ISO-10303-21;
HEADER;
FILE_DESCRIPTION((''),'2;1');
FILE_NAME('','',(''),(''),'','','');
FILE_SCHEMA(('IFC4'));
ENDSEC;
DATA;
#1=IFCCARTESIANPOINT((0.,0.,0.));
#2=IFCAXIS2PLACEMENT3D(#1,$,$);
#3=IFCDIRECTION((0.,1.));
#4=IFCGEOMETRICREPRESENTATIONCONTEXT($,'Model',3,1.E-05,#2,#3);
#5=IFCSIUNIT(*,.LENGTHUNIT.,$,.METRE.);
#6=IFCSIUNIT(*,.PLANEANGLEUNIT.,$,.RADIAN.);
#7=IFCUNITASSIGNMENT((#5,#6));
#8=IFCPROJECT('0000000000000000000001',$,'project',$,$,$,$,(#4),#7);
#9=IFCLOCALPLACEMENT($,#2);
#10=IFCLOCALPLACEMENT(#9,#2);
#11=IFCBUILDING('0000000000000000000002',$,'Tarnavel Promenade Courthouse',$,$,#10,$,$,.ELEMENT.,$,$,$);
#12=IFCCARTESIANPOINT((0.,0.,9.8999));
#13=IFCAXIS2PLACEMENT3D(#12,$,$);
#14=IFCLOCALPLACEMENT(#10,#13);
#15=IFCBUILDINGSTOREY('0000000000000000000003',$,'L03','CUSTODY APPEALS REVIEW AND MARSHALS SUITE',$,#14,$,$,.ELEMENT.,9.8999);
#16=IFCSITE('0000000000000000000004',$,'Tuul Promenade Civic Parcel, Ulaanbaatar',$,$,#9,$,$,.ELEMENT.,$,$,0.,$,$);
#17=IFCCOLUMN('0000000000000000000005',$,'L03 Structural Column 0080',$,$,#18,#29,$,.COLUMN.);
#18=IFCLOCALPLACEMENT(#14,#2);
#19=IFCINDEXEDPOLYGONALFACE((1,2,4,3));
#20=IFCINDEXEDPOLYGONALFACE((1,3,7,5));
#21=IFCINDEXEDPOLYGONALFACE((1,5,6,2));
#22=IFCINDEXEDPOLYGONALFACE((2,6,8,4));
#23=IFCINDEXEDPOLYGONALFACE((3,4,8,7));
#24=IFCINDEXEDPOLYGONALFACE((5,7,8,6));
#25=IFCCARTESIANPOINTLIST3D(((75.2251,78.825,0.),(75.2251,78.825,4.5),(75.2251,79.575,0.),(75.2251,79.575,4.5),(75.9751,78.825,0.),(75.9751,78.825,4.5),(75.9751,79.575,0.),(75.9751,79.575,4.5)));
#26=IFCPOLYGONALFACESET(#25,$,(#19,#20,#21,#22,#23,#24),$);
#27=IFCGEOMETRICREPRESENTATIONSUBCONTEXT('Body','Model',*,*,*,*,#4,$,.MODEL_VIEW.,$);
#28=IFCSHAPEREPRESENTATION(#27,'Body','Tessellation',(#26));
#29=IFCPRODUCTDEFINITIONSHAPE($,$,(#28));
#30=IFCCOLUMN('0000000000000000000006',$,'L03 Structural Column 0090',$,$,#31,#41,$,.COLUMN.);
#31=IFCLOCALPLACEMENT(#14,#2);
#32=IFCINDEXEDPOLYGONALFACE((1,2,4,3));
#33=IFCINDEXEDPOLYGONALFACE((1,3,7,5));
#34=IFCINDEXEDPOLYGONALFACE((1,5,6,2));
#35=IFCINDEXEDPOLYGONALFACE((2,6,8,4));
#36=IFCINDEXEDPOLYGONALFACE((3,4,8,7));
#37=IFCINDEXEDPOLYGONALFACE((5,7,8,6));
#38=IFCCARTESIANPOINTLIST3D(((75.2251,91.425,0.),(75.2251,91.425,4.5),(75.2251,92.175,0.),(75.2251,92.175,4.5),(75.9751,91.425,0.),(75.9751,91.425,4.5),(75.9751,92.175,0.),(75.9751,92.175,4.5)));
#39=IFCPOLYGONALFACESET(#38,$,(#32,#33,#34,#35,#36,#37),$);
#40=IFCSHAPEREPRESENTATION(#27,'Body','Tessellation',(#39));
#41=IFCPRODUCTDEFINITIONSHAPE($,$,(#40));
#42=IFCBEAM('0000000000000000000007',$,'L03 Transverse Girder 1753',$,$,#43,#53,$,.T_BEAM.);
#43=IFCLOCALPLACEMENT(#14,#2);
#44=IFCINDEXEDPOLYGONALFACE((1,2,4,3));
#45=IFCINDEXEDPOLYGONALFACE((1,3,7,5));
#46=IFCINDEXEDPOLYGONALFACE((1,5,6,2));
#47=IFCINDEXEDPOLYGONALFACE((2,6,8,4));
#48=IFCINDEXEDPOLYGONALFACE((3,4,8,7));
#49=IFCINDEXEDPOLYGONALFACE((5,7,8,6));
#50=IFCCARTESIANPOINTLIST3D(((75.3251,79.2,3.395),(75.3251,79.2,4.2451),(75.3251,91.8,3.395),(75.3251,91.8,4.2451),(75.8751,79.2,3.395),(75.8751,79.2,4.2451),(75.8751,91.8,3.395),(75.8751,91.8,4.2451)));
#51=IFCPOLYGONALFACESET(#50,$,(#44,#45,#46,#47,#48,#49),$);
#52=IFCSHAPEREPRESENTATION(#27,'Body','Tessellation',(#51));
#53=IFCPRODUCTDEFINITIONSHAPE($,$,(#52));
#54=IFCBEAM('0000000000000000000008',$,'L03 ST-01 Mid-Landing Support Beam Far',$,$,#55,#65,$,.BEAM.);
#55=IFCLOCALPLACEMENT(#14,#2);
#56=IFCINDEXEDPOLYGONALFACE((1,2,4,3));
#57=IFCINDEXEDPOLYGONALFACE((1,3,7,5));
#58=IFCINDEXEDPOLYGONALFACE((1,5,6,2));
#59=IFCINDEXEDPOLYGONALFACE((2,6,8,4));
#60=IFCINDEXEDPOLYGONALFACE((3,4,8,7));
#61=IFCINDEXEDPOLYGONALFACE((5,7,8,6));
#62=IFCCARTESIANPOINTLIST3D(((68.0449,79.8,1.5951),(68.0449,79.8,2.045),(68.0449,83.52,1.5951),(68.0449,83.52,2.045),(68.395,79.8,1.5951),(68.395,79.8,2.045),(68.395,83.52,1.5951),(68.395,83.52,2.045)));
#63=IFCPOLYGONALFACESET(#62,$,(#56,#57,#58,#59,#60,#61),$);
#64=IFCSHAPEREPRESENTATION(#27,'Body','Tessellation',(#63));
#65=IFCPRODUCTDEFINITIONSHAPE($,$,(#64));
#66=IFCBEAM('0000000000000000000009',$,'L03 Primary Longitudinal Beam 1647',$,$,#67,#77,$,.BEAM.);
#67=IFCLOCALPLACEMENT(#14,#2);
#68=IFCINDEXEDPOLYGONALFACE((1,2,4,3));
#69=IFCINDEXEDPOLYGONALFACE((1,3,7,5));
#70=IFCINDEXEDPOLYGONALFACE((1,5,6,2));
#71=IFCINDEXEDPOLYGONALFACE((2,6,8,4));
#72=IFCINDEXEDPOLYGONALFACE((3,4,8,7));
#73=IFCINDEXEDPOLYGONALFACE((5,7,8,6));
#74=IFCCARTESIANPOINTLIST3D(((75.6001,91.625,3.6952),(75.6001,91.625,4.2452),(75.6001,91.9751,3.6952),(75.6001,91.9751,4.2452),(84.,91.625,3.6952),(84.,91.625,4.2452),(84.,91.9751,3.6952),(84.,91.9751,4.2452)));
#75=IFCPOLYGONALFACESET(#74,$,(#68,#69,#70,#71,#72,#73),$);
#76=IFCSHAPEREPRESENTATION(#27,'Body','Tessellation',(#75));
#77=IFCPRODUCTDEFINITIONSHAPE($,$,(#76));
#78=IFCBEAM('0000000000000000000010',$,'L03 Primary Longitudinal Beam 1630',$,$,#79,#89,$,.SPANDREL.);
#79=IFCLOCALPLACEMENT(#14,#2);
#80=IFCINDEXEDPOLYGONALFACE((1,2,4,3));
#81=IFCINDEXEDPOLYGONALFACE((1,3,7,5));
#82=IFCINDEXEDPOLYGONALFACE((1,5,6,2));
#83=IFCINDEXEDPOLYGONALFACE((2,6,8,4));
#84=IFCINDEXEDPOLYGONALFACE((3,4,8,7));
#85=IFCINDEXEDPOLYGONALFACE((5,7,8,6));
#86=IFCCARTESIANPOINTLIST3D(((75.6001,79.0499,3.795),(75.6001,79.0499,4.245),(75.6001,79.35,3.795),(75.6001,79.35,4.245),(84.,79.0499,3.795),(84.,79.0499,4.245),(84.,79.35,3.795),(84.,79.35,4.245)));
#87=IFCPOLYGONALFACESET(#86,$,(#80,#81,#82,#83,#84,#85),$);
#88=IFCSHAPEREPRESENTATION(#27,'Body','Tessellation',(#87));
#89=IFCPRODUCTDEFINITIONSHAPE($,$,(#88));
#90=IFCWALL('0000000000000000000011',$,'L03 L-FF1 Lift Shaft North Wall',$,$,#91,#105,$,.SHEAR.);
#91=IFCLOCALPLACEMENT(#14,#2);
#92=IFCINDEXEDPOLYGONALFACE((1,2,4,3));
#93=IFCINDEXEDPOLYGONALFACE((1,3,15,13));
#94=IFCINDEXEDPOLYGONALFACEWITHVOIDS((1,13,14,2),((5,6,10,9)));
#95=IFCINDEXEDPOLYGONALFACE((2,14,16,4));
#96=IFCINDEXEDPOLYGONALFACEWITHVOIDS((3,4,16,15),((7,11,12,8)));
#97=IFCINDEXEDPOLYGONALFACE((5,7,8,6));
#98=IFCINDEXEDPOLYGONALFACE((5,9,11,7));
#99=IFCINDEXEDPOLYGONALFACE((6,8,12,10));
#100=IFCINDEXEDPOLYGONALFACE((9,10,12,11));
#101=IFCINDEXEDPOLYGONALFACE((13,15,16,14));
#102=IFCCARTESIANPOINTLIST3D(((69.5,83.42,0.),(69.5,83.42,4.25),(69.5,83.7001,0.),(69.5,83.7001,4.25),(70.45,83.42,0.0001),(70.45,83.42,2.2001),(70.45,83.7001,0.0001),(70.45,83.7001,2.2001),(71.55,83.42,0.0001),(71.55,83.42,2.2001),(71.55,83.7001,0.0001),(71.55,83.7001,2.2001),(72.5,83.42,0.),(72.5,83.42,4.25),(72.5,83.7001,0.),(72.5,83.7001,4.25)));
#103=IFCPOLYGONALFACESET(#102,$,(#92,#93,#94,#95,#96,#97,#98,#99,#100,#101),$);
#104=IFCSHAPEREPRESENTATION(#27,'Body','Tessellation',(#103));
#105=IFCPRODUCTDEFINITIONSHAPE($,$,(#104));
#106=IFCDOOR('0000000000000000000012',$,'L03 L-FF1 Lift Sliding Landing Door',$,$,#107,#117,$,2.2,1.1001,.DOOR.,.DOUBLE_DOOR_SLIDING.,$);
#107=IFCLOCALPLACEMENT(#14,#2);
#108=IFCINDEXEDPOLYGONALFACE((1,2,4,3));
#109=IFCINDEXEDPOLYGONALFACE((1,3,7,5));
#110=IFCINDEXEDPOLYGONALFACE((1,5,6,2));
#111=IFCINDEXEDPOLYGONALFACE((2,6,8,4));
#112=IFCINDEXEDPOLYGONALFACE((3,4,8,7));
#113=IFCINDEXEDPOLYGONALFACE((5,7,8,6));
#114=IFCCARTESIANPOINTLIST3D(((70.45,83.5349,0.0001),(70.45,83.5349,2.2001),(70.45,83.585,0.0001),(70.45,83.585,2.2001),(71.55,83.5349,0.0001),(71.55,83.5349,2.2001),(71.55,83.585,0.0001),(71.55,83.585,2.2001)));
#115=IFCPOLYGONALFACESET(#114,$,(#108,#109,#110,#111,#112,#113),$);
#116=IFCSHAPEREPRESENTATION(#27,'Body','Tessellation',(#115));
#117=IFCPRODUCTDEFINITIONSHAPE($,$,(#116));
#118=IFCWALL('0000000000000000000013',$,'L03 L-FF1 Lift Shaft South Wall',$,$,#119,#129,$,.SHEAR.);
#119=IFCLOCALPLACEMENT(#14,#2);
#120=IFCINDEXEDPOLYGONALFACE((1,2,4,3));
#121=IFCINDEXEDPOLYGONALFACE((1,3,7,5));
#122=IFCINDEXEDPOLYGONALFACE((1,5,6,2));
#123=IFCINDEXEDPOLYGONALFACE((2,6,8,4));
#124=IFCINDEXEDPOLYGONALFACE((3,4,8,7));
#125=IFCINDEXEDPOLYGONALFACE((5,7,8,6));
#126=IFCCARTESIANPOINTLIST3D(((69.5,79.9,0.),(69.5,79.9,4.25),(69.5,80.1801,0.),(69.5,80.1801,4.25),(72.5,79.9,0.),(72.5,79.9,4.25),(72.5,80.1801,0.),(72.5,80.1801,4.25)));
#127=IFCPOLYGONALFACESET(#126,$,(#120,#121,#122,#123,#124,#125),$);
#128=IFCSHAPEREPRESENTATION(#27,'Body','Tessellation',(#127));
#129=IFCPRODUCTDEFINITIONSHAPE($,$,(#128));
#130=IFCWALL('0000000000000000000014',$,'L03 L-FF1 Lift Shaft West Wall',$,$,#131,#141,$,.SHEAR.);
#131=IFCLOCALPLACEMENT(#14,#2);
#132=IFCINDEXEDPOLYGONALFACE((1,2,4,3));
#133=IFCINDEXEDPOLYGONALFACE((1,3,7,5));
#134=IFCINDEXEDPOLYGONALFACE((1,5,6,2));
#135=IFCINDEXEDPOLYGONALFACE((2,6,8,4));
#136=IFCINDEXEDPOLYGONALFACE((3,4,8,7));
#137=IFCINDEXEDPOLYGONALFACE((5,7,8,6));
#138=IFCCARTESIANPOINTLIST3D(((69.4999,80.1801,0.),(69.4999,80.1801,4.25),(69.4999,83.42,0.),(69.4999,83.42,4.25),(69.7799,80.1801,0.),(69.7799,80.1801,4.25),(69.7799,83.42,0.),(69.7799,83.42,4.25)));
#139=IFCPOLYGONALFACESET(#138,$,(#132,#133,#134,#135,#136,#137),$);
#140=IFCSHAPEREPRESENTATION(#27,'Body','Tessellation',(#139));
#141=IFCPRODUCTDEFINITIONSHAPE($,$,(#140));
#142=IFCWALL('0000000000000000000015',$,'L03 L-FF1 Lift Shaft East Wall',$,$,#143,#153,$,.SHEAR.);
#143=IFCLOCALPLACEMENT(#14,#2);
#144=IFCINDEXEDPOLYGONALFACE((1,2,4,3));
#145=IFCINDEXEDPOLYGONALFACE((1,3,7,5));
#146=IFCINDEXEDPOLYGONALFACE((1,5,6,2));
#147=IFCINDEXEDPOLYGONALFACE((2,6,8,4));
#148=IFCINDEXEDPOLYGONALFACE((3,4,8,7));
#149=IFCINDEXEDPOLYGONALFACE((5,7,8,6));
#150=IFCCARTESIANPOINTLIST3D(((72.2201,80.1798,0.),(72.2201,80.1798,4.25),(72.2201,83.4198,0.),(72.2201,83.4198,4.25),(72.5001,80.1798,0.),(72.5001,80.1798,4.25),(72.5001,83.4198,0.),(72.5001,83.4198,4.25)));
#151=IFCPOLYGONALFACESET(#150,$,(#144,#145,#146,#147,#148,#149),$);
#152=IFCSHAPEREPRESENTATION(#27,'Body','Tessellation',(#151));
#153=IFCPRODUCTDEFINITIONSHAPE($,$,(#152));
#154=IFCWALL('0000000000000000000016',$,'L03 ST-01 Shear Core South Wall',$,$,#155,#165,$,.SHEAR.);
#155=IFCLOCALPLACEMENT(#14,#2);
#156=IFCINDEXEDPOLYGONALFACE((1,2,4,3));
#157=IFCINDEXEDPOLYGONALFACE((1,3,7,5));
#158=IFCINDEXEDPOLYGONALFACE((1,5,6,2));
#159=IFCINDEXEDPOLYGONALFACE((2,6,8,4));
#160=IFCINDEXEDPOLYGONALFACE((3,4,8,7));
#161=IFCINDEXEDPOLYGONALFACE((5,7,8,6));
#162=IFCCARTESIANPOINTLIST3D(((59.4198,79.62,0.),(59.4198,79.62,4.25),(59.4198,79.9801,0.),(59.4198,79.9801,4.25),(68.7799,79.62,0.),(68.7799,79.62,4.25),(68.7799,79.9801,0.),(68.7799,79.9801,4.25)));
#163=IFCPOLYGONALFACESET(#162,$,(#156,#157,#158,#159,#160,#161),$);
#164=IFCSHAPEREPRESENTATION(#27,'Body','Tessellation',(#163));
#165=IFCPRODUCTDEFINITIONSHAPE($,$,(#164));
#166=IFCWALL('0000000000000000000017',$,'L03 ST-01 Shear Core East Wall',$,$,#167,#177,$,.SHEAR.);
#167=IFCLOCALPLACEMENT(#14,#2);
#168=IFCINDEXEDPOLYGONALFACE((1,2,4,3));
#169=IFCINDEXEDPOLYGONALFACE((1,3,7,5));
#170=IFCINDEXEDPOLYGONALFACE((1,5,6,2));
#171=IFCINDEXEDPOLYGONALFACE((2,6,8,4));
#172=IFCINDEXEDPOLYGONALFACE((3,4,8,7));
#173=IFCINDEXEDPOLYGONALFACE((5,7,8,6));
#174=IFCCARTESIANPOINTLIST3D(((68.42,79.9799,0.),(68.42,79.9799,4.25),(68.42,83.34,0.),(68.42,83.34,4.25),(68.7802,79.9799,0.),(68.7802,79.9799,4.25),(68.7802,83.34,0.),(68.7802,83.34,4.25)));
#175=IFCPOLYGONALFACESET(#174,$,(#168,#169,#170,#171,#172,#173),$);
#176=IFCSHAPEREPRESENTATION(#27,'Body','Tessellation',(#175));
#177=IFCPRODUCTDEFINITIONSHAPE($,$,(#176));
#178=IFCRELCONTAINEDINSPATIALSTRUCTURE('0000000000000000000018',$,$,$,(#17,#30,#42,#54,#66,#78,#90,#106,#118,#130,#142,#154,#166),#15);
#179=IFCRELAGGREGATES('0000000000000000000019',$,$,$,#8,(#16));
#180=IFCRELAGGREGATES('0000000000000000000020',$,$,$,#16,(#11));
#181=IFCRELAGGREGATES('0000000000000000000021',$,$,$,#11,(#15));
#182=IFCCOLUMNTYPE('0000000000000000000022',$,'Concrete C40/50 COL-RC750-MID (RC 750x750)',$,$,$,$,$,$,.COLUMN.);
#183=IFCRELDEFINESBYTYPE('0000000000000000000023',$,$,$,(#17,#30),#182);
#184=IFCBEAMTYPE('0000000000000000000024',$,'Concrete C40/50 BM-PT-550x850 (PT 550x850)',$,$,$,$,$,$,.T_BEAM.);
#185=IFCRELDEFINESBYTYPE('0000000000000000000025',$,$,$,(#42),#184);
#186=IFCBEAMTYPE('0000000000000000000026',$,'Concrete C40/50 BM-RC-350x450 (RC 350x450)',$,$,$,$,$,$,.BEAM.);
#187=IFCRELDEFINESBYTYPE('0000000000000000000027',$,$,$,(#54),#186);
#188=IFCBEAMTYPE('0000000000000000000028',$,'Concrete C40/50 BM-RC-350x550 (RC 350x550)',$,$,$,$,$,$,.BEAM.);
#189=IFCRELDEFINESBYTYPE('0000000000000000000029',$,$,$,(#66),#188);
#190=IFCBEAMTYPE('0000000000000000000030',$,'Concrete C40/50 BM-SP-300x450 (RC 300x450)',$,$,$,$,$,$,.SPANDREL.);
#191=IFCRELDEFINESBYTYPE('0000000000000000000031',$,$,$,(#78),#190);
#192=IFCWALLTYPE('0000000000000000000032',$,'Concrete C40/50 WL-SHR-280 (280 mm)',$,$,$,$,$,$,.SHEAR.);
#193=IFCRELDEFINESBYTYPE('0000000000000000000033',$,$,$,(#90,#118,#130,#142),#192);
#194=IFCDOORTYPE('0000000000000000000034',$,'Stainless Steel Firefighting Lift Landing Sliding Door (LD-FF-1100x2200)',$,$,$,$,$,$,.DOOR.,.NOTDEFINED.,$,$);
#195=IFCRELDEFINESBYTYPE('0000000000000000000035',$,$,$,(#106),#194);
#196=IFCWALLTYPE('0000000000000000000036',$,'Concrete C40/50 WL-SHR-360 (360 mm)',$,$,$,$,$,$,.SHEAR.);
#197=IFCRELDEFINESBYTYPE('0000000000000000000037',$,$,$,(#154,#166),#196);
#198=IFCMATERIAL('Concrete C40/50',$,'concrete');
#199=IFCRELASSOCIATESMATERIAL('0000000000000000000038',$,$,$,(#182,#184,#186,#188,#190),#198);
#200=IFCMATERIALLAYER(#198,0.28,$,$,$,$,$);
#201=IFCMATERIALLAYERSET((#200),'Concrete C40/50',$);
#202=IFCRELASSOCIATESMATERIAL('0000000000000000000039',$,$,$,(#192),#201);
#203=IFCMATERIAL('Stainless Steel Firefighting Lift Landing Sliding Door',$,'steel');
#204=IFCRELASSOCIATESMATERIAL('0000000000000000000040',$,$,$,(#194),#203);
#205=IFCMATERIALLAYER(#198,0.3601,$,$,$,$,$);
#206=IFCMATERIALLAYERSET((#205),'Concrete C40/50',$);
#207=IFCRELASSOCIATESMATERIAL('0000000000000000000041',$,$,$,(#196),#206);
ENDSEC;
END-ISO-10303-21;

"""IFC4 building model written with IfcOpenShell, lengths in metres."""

from ifc_helpers import new_model, si_unit, direction, frame, frame_2d, origin, origin_2d, place, context, subcontext, project, spatial, rectangle, extrude, material, layer, layer_set, material_profile, profile_set, type_object, element, fill, save


model = new_model("IFC4")

# Units and contexts
model_context = context("Model", 3, precision=1e-05, world=origin(), true_north=direction((0.0, 1.0)))
body_context = subcontext(model_context, "Body", "Model", "MODEL_VIEW")
ifc_project = project(units=[si_unit("LENGTHUNIT", "METRE"), si_unit("PLANEANGLEUNIT", "RADIAN")], contexts=[model_context])

# Site, building, storey
site_placement = place(None, origin())
site = spatial("IfcSite", under=ifc_project, at=site_placement, Name="Tuul Promenade Civic Parcel, Ulaanbaatar", CompositionType="ELEMENT", RefElevation=0.0)
building_placement = place(site_placement, origin())
building = spatial("IfcBuilding", under=site, at=building_placement, Name="Tarnavel Promenade Courthouse", CompositionType="ELEMENT")
storey_placement = place(building_placement, frame((0.0, 0.0, 9.8999)))
storey = spatial("IfcBuildingStorey", under=building, at=storey_placement, Name="L03", Description="CUSTODY APPEALS REVIEW AND MARSHALS SUITE", CompositionType="ELEMENT", Elevation=9.8999)

# Columns
ifc_material_1 = material(Name="Concrete C40/50", Category="concrete")
ifc_material_profile_1 = material_profile(ifc_material_1, rectangle(XDim=0.75, YDim=0.75, at=origin_2d()), Name="RC 750x750")
ifc_profile_set_1 = profile_set([ifc_material_profile_1], Name="Concrete C40/50")
column_type = type_object("IfcColumnType", Name="Concrete C40/50 COL-RC750-MID (RC 750x750)", PredefinedType="COLUMN", material=ifc_profile_set_1)
for number, where, z_axis, x_axis, name in (
    (1, (75.6001, 79.2, 0.0), (0.0, 0.0, 1.0), (1.0, 0.0, 0.0), "L03 Structural Column 0080"),
    (2, (75.6001, 91.8, 0.0), (0.0, 0.0, 1.0), (1.0, 0.0, 0.0), "L03 Structural Column 0090"),
):
    element("IfcColumn", number, at=place(storey_placement, frame(where, z_axis=z_axis, x_axis=x_axis)), inside=storey, type_object=column_type, Name=name, PredefinedType="COLUMN", context=body_context, shape_type="SweptSolid", body=[
        extrude(rectangle(XDim=0.75, YDim=0.75, at=origin_2d()), origin(), (0.0, 0.0, 1.0), 4.5),
    ])

# Beams
ifc_material_profile_2 = material_profile(ifc_material_1, rectangle(XDim=0.55, YDim=0.8501, at=origin_2d()), Name="PT 550x850")
ifc_profile_set_2 = profile_set([ifc_material_profile_2], Name="Concrete C40/50")
beam_type_1 = type_object("IfcBeamType", Name="Concrete C40/50 BM-PT-550x850 (PT 550x850)", PredefinedType="T_BEAM", material=ifc_profile_set_2)
beam_1_placement = place(storey_placement, frame((75.6001, 79.2, 3.8201), z_axis=(0.0, 1.0, 0.0), x_axis=(-1.0, 0.0, 0.0)))
element("IfcBeam", 3, at=beam_1_placement, inside=storey, type_object=beam_type_1, Name="L03 Transverse Girder 1753", PredefinedType="T_BEAM", context=body_context, shape_type="SweptSolid", body=[
    extrude(rectangle(XDim=0.55, YDim=0.8501, at=origin_2d()), origin(), (0.0, 0.0, 1.0), 12.6001),
])
ifc_material_profile_3 = material_profile(ifc_material_1, rectangle(XDim=0.3501, YDim=0.45, at=origin_2d()), Name="RC 350x450")
ifc_profile_set_3 = profile_set([ifc_material_profile_3], Name="Concrete C40/50")
beam_type_2 = type_object("IfcBeamType", Name="Concrete C40/50 BM-RC-350x450 (RC 350x450)", PredefinedType="BEAM", material=ifc_profile_set_3)
beam_2_placement = place(storey_placement, frame((68.22, 79.8, 1.8201), z_axis=(0.0, 1.0, 0.0), x_axis=(-1.0, 0.0, 0.0)))
element("IfcBeam", 4, at=beam_2_placement, inside=storey, type_object=beam_type_2, Name="L03 ST-01 Mid-Landing Support Beam Far", PredefinedType="BEAM", context=body_context, shape_type="SweptSolid", body=[
    extrude(rectangle(XDim=0.3501, YDim=0.45, at=origin_2d()), origin(), (0.0, 0.0, 1.0), 3.72),
])
ifc_material_profile_4 = material_profile(ifc_material_1, rectangle(XDim=0.3501, YDim=0.55, at=origin_2d()), Name="RC 350x550")
ifc_profile_set_4 = profile_set([ifc_material_profile_4], Name="Concrete C40/50")
beam_type_3 = type_object("IfcBeamType", Name="Concrete C40/50 BM-RC-350x550 (RC 350x550)", PredefinedType="BEAM", material=ifc_profile_set_4)
beam_3_placement = place(storey_placement, frame((75.6001, 91.8, 3.9702), z_axis=(1.0, 0.0, 0.0), x_axis=(0.0, 1.0, 0.0)))
element("IfcBeam", 5, at=beam_3_placement, inside=storey, type_object=beam_type_3, Name="L03 Primary Longitudinal Beam 1647", PredefinedType="BEAM", context=body_context, shape_type="SweptSolid", body=[
    extrude(rectangle(XDim=0.3501, YDim=0.55, at=origin_2d()), origin(), (0.0, 0.0, 1.0), 8.3999),
])
ifc_material_profile_5 = material_profile(ifc_material_1, rectangle(XDim=0.3, YDim=0.45, at=origin_2d()), Name="RC 300x450")
ifc_profile_set_5 = profile_set([ifc_material_profile_5], Name="Concrete C40/50")
beam_type_4 = type_object("IfcBeamType", Name="Concrete C40/50 BM-SP-300x450 (RC 300x450)", PredefinedType="SPANDREL", material=ifc_profile_set_5)
beam_4_placement = place(storey_placement, frame((75.6001, 79.2, 4.02), z_axis=(1.0, 0.0, 0.0), x_axis=(0.0, 1.0, 0.0)))
element("IfcBeam", 6, at=beam_4_placement, inside=storey, type_object=beam_type_4, Name="L03 Primary Longitudinal Beam 1630", PredefinedType="SPANDREL", context=body_context, shape_type="SweptSolid", body=[
    extrude(rectangle(XDim=0.3, YDim=0.45, at=origin_2d()), origin(), (0.0, 0.0, 1.0), 8.3999),
])

# Wall, opening, door
ifc_layer_1 = layer(ifc_material_1, 0.28)
ifc_layer_set_1 = layer_set([ifc_layer_1], Name="Concrete C40/50")
wall_type_1 = type_object("IfcWallType", Name="Concrete C40/50 WL-SHR-280 (280 mm)", PredefinedType="SHEAR", material=ifc_layer_set_1)
wall_1_placement = place(storey_placement, frame((69.5, 83.5601, 0.0), z_axis=(0.0, 0.0, 1.0), x_axis=(1.0, 0.0, 0.0)))
wall_1 = element("IfcWall", 7, at=wall_1_placement, inside=storey, type_object=wall_type_1, Name="L03 L-FF1 Lift Shaft North Wall", PredefinedType="SHEAR", context=body_context, shape_type="SweptSolid", body=[
    extrude(rectangle(XDim=3.0, YDim=0.28, at=frame_2d((1.5, 0.0))), origin(), (0.0, 0.0, 1.0), 4.25),
])
opening_1_placement = place(wall_1_placement, frame((0.95, 0.0, 0.0)))
opening_1 = element("IfcOpeningElement", 8, at=opening_1_placement, cuts=wall_1, PredefinedType="OPENING", context=body_context, shape_type="SweptSolid", body=[
    extrude(rectangle(XDim=1.1001, YDim=2.2, at=frame_2d((0.55, 1.1001))), frame((0.0, 0.1499, 0.0), z_axis=(0.0, -1.0, 0.0), x_axis=(1.0, 0.0, 0.0)), (0.0, 0.0, 1.0), 0.3),
])
ifc_material_2 = material(Name="Stainless Steel Firefighting Lift Landing Sliding Door", Category="steel")
door_type_1 = type_object("IfcDoorType", Name="Stainless Steel Firefighting Lift Landing Sliding Door (LD-FF-1100x2200)", OperationType="NOTDEFINED", PredefinedType="DOOR", material=ifc_material_2)
door_1_placement = place(opening_1_placement, origin())
door_1 = element("IfcDoor", 9, at=door_1_placement, inside=storey, type_object=door_type_1, Name="L03 L-FF1 Lift Sliding Landing Door", OperationType="DOUBLE_DOOR_SLIDING", OverallHeight=2.2, OverallWidth=1.1001, PredefinedType="DOOR", context=body_context, shape_type="SweptSolid", body=[
    extrude(rectangle(XDim=1.1001, YDim=2.2, at=frame_2d((0.55, 1.1001))), frame((0.0, 0.0249, 0.0), z_axis=(0.0, -1.0, 0.0), x_axis=(1.0, 0.0, 0.0)), (0.0, 0.0, 1.0), 0.05),
])
fill(opening_1, door_1)

# Walls
wall_2_placement = place(storey_placement, frame((72.5, 80.04, 0.0), z_axis=(0.0, 0.0, 1.0), x_axis=(-1.0, 0.0, 0.0)))
element("IfcWall", 10, at=wall_2_placement, inside=storey, type_object=wall_type_1, Name="L03 L-FF1 Lift Shaft South Wall", PredefinedType="SHEAR", context=body_context, shape_type="SweptSolid", body=[
    extrude(rectangle(XDim=3.0, YDim=0.28, at=frame_2d((1.5, 0.0))), origin(), (0.0, 0.0, 1.0), 4.25),
])
for number, where, z_axis, x_axis, name in (
    (11, (69.6399, 80.1799, 0.0), (0.0, 0.0, 1.0), (0.0, 1.0, 0.0), "L03 L-FF1 Lift Shaft West Wall"),
    (12, (72.3601, 83.4199, 0.0), (0.0, 0.0, 1.0), (0.0, -1.0, 0.0), "L03 L-FF1 Lift Shaft East Wall"),
):
    element("IfcWall", number, at=place(storey_placement, frame(where, z_axis=z_axis, x_axis=x_axis)), inside=storey, type_object=wall_type_1, Name=name, PredefinedType="SHEAR", context=body_context, shape_type="SweptSolid", body=[
        extrude(rectangle(XDim=3.24, YDim=0.28, at=frame_2d((1.6201, 0.0))), origin(), (0.0, 0.0, 1.0), 4.25),
    ])
ifc_layer_2 = layer(ifc_material_1, 0.3601)
ifc_layer_set_2 = layer_set([ifc_layer_2], Name="Concrete C40/50")
wall_type_2 = type_object("IfcWallType", Name="Concrete C40/50 WL-SHR-360 (360 mm)", PredefinedType="SHEAR", material=ifc_layer_set_2)
wall_3_placement = place(storey_placement, frame((68.78, 79.8, 0.0), z_axis=(0.0, 0.0, 1.0), x_axis=(-1.0, 0.0, 0.0)))
element("IfcWall", 13, at=wall_3_placement, inside=storey, type_object=wall_type_2, Name="L03 ST-01 Shear Core South Wall", PredefinedType="SHEAR", context=body_context, shape_type="SweptSolid", body=[
    extrude(rectangle(XDim=9.3601, YDim=0.3601, at=frame_2d((4.6802, 0.0))), origin(), (0.0, 0.0, 1.0), 4.25),
])
wall_4_placement = place(storey_placement, frame((68.6001, 83.3401, 0.0), z_axis=(0.0, 0.0, 1.0), x_axis=(0.0, -1.0, 0.0)))
element("IfcWall", 14, at=wall_4_placement, inside=storey, type_object=wall_type_2, Name="L03 ST-01 Shear Core East Wall", PredefinedType="SHEAR", context=body_context, shape_type="SweptSolid", body=[
    extrude(rectangle(XDim=3.3601, YDim=0.3601, at=frame_2d((1.6802, 0.0))), origin(), (0.0, 0.0, 1.0), 4.25),
])

save(model, "model.ifc")
